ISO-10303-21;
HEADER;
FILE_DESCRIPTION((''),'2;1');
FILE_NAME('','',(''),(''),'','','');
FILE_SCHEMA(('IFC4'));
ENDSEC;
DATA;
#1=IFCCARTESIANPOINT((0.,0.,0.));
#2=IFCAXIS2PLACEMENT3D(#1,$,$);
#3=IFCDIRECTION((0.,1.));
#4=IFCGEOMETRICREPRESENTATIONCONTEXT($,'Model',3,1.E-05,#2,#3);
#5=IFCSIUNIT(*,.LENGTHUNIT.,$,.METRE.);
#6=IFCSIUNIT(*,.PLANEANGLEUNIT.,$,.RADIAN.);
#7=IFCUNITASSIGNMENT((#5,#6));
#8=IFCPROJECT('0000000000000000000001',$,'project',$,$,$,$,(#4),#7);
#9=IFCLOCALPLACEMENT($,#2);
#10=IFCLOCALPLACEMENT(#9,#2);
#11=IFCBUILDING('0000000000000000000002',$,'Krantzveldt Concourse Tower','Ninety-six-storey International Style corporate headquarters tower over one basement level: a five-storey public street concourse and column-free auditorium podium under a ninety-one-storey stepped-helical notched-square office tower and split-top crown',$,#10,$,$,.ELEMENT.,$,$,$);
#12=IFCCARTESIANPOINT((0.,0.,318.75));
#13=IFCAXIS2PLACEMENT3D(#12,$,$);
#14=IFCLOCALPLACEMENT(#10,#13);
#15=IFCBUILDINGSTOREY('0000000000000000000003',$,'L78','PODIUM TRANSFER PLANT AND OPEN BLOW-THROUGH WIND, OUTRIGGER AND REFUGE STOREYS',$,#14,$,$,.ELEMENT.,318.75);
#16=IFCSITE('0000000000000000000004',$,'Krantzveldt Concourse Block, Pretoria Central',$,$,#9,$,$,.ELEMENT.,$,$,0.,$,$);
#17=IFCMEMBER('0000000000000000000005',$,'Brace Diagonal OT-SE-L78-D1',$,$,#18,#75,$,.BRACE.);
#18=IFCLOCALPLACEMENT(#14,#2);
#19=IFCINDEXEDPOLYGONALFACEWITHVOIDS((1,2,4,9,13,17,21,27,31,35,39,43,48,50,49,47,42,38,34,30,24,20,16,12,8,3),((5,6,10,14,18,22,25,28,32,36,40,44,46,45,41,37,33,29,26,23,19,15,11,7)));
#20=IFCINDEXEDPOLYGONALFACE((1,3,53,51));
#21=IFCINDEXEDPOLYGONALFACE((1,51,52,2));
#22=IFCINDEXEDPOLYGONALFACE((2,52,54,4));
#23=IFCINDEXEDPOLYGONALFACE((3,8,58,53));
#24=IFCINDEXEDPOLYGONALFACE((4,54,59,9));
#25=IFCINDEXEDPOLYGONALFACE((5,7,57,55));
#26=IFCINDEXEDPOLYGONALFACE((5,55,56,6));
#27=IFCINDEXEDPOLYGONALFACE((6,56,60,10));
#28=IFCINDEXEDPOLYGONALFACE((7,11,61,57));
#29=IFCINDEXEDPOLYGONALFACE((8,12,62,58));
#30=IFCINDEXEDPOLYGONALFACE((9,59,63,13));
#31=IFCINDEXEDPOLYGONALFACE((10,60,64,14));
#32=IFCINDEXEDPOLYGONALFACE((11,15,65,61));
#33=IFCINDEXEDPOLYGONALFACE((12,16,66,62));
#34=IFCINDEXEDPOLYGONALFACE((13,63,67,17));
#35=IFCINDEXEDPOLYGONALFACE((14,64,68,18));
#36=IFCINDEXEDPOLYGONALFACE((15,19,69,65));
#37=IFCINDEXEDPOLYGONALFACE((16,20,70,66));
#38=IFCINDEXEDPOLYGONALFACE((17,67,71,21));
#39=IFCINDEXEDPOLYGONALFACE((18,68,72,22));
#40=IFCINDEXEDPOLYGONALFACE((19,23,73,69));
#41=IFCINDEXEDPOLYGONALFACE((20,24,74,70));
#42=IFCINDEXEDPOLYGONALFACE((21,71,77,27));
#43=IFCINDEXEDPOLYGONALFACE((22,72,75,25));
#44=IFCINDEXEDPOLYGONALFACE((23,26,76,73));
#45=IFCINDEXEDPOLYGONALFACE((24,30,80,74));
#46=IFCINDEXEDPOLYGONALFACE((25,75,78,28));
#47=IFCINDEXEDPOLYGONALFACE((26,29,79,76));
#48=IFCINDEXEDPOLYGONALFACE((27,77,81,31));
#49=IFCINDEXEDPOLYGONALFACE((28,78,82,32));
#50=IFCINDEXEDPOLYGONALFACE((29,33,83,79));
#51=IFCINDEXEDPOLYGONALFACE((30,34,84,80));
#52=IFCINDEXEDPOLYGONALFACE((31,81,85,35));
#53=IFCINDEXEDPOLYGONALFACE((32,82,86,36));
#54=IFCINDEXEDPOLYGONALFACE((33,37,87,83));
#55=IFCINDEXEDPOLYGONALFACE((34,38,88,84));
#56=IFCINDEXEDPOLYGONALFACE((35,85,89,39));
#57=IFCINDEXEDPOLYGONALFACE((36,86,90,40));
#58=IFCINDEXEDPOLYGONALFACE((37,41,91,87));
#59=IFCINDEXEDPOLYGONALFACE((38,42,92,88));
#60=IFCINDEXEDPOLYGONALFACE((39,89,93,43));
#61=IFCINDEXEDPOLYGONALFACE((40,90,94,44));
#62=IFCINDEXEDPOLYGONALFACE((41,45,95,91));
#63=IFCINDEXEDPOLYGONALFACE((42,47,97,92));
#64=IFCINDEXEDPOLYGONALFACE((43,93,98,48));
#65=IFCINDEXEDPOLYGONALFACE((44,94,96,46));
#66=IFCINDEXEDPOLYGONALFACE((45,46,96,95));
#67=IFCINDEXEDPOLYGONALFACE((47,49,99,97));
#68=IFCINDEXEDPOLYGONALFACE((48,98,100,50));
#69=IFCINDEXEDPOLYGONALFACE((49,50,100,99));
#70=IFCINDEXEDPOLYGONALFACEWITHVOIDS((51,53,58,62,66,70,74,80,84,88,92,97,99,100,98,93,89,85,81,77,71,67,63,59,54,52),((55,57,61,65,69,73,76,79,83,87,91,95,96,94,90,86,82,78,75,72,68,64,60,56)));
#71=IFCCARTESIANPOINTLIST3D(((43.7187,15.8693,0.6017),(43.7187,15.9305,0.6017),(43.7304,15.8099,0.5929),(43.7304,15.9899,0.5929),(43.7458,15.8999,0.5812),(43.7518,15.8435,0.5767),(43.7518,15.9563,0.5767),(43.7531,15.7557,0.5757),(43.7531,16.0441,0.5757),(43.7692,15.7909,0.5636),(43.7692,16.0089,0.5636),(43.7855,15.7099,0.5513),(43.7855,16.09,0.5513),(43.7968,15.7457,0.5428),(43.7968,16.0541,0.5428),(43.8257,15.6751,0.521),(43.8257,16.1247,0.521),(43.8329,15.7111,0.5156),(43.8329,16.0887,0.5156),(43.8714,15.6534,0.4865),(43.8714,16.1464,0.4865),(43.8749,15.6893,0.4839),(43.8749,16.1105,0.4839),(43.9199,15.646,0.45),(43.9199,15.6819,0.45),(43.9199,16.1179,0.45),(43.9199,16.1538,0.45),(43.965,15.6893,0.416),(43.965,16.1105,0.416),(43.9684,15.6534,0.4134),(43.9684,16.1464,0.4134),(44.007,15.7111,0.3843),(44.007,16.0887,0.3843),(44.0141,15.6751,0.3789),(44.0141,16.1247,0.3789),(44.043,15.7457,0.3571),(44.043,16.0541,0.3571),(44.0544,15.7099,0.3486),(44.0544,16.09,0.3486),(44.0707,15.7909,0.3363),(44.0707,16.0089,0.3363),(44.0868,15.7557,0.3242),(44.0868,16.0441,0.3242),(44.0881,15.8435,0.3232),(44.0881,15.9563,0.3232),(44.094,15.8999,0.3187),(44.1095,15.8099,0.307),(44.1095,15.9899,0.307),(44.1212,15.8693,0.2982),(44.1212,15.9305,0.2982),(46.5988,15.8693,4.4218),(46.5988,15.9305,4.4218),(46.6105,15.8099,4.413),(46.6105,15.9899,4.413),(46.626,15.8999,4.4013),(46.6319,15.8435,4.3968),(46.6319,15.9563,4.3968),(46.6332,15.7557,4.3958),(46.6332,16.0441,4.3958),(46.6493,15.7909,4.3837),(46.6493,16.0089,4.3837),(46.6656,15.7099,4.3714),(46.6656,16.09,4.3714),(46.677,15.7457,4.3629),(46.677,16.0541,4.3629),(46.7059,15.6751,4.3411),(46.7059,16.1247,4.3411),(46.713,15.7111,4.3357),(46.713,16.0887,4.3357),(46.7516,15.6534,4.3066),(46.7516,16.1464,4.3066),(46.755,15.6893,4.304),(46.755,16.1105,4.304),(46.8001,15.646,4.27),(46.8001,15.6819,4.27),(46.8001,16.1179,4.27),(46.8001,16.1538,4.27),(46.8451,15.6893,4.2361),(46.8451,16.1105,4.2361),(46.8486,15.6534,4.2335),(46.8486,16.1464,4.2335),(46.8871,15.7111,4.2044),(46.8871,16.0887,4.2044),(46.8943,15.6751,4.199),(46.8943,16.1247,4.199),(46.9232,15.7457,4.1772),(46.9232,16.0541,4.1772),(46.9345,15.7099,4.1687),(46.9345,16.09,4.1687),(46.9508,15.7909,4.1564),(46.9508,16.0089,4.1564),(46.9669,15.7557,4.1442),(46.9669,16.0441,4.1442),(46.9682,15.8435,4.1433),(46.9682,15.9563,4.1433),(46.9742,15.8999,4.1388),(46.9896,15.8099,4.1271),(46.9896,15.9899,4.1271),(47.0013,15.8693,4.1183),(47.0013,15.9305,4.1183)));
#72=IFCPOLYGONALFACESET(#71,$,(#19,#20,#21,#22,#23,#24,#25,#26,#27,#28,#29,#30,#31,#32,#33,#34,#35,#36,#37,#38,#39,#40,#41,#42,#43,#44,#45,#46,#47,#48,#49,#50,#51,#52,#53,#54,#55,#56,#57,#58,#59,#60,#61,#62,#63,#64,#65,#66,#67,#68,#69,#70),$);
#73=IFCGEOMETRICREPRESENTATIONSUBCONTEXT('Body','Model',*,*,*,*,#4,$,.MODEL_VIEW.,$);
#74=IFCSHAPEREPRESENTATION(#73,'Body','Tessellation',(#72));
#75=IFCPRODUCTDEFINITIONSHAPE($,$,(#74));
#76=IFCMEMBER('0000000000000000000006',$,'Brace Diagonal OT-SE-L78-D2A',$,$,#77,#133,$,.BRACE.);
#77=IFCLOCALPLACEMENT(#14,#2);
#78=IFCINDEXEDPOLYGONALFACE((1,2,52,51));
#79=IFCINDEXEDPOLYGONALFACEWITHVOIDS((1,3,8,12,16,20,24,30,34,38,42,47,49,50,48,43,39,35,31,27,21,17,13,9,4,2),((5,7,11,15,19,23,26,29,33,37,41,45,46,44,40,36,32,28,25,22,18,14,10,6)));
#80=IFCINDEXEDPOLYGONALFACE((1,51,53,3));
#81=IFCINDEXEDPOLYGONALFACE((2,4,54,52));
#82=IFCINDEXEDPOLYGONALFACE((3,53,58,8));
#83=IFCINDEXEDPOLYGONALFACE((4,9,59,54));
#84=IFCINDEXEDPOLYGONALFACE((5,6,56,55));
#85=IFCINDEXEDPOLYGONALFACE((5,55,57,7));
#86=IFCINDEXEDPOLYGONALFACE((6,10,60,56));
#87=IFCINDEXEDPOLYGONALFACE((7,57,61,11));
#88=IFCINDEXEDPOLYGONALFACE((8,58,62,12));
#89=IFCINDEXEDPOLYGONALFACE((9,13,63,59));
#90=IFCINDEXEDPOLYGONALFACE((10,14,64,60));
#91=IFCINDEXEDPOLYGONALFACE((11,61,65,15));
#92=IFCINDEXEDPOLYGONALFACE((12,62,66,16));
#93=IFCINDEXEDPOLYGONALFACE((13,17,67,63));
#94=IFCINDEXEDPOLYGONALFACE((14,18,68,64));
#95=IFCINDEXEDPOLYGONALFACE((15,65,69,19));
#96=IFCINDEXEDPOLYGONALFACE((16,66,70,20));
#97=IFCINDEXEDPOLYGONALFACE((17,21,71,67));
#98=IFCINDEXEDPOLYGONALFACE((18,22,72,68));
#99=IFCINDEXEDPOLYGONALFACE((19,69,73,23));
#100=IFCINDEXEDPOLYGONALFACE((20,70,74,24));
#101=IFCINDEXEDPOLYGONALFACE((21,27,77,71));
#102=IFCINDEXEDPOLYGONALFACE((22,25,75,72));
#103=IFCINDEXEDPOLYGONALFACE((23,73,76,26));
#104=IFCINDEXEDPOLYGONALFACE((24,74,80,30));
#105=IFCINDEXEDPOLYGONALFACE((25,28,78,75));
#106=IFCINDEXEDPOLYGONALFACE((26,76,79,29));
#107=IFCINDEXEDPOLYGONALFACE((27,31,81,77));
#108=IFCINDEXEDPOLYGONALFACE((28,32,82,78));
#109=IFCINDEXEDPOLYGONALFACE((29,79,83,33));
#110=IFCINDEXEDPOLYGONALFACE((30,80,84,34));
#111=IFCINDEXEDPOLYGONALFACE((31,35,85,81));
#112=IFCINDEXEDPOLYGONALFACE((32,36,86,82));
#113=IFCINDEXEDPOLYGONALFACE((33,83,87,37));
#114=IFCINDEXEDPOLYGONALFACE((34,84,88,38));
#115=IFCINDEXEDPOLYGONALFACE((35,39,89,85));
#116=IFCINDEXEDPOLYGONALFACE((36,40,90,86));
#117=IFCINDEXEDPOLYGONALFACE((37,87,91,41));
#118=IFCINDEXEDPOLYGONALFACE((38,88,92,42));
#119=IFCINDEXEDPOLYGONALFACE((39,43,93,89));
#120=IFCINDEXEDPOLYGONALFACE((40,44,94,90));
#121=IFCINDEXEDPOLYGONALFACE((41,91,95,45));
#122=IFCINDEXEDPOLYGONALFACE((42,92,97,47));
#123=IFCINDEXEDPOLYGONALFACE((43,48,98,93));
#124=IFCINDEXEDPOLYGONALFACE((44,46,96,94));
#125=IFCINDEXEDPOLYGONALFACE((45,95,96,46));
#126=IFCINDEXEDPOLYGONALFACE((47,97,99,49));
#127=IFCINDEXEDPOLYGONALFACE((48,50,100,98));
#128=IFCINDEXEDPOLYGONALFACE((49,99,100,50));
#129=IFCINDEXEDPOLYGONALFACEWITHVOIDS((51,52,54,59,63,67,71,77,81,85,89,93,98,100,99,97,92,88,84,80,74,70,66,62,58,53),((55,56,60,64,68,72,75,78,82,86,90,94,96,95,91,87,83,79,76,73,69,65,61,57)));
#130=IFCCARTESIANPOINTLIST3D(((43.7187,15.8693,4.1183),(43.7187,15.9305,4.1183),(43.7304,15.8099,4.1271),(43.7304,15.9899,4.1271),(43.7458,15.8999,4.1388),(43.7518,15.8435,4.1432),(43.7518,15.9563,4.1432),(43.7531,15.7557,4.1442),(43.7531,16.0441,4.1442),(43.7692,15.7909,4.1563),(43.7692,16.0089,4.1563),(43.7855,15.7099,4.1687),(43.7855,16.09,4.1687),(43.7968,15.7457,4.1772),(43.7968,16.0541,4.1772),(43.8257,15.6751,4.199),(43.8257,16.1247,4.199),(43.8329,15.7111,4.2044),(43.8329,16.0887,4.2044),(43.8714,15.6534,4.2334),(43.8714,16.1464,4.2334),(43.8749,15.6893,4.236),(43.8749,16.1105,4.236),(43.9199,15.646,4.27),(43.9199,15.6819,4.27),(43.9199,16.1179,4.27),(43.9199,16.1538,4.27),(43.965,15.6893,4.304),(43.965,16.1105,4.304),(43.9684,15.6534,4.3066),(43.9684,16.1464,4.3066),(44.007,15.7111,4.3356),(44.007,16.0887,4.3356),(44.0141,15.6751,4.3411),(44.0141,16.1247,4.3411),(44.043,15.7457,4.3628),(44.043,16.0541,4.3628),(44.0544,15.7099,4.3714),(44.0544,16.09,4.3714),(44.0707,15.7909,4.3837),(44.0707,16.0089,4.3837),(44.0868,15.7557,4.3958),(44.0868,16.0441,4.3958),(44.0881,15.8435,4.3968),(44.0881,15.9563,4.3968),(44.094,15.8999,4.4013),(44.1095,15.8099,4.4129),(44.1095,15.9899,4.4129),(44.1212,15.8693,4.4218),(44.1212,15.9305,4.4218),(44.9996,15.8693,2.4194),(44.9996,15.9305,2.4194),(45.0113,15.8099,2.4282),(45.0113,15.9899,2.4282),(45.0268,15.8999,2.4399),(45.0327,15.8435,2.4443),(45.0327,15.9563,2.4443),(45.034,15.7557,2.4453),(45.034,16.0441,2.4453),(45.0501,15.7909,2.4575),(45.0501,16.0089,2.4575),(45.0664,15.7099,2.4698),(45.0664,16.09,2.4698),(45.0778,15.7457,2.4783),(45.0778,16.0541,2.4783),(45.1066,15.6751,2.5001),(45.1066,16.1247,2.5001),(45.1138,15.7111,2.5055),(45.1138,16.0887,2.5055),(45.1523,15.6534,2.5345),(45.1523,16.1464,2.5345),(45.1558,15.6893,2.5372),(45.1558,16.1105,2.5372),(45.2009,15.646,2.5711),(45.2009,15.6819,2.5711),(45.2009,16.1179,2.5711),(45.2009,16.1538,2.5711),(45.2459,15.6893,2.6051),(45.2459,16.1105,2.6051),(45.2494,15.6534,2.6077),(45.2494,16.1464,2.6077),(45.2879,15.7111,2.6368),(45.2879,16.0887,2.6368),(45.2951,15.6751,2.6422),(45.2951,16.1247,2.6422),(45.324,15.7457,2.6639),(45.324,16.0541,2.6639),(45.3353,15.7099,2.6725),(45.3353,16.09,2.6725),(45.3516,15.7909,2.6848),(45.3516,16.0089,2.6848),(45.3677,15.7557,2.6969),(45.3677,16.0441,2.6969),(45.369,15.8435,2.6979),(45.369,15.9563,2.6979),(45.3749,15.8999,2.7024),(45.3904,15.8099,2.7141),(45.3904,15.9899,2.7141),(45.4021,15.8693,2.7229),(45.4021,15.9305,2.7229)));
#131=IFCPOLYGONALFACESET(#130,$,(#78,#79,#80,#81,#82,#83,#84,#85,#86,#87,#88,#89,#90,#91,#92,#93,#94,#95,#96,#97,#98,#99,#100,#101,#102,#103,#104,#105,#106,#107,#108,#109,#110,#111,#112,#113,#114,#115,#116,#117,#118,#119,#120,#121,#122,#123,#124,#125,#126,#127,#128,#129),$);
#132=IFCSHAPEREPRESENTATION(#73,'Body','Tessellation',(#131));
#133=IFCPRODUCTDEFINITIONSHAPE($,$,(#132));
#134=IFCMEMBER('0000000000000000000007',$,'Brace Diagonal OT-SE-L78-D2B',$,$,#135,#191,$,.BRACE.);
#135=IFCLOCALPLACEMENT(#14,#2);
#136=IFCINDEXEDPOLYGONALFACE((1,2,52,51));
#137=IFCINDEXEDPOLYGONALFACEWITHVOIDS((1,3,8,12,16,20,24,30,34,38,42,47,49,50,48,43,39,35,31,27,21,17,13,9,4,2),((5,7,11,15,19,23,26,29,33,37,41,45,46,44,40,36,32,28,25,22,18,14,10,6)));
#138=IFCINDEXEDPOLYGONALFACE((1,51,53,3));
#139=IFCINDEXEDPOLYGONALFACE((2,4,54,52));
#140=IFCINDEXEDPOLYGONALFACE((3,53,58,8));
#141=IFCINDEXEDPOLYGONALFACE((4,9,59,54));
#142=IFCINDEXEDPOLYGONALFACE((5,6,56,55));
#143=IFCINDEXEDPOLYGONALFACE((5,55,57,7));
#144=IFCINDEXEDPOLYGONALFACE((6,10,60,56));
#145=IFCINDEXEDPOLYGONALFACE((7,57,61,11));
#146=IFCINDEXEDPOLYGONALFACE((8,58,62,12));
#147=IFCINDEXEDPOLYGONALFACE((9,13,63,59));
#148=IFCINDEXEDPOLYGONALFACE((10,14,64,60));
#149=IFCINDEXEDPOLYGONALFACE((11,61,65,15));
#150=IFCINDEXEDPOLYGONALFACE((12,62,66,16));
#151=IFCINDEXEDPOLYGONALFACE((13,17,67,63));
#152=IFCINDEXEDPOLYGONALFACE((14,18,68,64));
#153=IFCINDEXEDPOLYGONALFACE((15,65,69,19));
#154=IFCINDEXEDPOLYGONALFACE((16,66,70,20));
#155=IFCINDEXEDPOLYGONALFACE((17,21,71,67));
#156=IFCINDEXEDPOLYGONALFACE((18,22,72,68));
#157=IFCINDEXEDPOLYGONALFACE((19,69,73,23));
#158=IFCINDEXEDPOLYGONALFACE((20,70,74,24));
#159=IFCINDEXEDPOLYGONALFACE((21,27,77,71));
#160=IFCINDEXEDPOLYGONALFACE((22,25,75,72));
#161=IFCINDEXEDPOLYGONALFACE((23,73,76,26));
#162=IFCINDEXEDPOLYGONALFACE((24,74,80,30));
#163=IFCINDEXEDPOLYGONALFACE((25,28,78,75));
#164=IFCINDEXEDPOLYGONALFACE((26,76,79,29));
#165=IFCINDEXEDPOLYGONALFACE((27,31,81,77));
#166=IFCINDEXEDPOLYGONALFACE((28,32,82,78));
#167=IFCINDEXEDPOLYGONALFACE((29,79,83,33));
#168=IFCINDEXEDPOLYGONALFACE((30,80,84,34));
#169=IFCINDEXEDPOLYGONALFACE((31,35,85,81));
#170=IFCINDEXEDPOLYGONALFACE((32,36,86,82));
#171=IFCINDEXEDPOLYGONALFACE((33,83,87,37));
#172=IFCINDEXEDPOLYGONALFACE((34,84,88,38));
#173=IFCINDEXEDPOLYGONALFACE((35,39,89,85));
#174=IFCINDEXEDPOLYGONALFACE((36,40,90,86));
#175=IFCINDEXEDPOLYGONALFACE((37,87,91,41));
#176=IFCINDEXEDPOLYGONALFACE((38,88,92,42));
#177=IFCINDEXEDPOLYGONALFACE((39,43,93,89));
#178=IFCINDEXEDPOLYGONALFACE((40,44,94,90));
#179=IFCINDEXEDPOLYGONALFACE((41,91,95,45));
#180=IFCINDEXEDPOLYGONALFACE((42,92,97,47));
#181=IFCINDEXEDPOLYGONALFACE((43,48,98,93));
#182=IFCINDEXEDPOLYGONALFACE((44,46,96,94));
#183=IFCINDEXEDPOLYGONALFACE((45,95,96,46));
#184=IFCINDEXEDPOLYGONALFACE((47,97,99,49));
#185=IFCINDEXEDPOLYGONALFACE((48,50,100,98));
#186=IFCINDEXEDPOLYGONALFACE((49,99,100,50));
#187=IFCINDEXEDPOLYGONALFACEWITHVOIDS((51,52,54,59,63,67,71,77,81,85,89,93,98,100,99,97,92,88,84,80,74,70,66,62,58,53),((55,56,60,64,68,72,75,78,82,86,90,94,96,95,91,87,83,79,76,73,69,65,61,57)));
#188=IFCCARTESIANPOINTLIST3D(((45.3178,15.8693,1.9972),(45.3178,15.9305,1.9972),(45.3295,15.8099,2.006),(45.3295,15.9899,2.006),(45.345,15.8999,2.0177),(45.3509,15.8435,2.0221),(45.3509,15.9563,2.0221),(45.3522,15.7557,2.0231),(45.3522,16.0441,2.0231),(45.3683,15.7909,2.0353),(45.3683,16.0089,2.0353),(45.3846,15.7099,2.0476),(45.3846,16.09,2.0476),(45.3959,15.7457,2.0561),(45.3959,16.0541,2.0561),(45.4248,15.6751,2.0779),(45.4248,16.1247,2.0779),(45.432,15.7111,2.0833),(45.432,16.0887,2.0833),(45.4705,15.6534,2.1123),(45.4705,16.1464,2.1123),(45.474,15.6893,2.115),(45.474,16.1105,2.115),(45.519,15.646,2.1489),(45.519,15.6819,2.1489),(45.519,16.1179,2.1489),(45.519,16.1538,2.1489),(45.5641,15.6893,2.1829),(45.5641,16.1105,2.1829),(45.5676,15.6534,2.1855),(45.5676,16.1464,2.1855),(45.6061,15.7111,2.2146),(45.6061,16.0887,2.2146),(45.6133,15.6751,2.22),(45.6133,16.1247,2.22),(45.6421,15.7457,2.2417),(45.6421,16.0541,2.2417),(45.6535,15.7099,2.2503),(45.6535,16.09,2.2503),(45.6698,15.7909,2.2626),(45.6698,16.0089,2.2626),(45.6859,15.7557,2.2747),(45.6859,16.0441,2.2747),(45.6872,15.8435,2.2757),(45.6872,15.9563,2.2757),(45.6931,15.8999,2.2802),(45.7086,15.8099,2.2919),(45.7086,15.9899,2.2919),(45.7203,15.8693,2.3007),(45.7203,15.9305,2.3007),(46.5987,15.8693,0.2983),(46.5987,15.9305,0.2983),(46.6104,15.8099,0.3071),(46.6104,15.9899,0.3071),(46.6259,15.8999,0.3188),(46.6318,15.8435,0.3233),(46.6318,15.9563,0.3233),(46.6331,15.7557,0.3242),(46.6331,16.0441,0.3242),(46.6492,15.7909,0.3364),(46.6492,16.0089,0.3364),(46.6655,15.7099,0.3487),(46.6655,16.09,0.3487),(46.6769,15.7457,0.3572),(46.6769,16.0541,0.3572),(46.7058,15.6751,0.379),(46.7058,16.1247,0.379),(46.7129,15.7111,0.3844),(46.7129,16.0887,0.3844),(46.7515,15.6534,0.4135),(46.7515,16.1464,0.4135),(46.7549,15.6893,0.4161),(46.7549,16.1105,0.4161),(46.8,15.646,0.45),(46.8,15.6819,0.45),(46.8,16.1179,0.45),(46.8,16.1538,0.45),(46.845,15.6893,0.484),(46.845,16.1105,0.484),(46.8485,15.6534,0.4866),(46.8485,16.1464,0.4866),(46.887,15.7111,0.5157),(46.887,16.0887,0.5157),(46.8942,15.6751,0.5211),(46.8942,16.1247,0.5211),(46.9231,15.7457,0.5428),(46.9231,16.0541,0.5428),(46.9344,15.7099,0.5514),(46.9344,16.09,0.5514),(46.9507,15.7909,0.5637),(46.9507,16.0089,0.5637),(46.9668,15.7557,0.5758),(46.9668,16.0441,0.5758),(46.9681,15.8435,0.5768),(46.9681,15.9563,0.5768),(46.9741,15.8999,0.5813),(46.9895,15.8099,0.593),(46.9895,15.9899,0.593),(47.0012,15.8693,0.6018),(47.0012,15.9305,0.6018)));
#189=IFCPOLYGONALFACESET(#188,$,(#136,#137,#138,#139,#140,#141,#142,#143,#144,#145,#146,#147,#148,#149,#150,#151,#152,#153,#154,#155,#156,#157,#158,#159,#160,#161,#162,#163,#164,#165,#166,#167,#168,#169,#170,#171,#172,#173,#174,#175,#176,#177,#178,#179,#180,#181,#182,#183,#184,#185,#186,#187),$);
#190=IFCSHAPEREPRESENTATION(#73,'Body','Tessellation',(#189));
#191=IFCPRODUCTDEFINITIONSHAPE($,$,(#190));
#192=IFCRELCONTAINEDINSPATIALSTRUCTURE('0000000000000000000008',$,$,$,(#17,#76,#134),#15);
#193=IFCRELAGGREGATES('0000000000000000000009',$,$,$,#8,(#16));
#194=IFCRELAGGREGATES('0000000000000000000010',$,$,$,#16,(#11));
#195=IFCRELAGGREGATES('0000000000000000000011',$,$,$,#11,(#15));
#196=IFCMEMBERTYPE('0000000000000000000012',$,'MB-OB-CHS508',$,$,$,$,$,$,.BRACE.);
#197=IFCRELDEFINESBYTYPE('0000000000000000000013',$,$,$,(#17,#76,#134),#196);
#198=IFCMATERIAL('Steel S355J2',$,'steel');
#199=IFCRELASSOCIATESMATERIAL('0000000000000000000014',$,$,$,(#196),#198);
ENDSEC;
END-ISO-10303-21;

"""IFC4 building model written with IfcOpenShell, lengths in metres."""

from ifc_helpers import new_model, si_unit, direction, frame, origin, origin_2d, place, context, subcontext, project, spatial, hollow_circle, extrude, source, transform, mapped, material, material_profile, profile_set, type_object, type_shapes, element, save


model = new_model("IFC4")

# Units and contexts
model_context = context("Model", 3, precision=1e-05, world=origin(), true_north=direction((0.0, 1.0)))
body_context = subcontext(model_context, "Body", "Model", "MODEL_VIEW")
ifc_project = project(units=[si_unit("LENGTHUNIT", "METRE"), si_unit("PLANEANGLEUNIT", "RADIAN")], contexts=[model_context])

# Site, building, storey
site_placement = place(None, origin())
site = spatial("IfcSite", under=ifc_project, at=site_placement, Name="Krantzveldt Concourse Block, Pretoria Central", CompositionType="ELEMENT", RefElevation=0.0)
building_placement = place(site_placement, origin())
building = spatial("IfcBuilding", under=site, at=building_placement, Name="Krantzveldt Concourse Tower", Description="Ninety-six-storey International Style corporate headquarters tower over one basement level: a five-storey public street concourse and column-free auditorium podium under a ninety-one-storey stepped-helical notched-square office tower and split-top crown", CompositionType="ELEMENT")
storey_placement = place(building_placement, frame((0.0, 0.0, 318.75)))
storey = spatial("IfcBuildingStorey", under=building, at=storey_placement, Name="L78", Description="PODIUM TRANSFER PLANT AND OPEN BLOW-THROUGH WIND, OUTRIGGER AND REFUGE STOREYS", CompositionType="ELEMENT", Elevation=318.75)

# Shared definitions
ifc_material_1 = material(Name="Steel S355J2", Category="steel")

# Members
ifc_material_profile_1 = material_profile(ifc_material_1, hollow_circle(Radius=0.2539, WallThickness=0.0359, at=origin_2d()), Name="Steel S355J2", Category="steel")
ifc_profile_set_1 = profile_set([ifc_material_profile_1], Name="Steel S355J2 - CHS 508x36")
member_type_1 = type_object("IfcMemberType", Name="MB-OB-CHS508", PredefinedType="BRACE", material=ifc_profile_set_1)
shared_shape_1 = source(origin(), body_context, "Body", "SweptSolid", [
    extrude(hollow_circle(Radius=0.2539, WallThickness=0.0359, at=origin_2d()), origin(), (0.0, 0.0, 1.0), 4.7842),
])
member_1_placement = place(storey_placement, frame((43.9199, 15.8999, 0.45), z_axis=(0.602015, 0.0, 0.798485), x_axis=(0.0, 1.0, 0.0)))
element("IfcMember", 1, at=member_1_placement, inside=storey, type_object=member_type_1, Name="Brace Diagonal OT-SE-L78-D1", PredefinedType="BRACE", context=body_context, shape_type="MappedRepresentation", body=[
    mapped(shared_shape_1, transform((0.0, 0.0, 0.0), x_axis=(1.0, 0.0, 0.0), y_axis=(0.0, 1.0, 0.0), z_axis=(0.0, 0.0, 1.0), scale=1.0)),
])
shared_shape_2 = source(origin(), body_context, "Body", "SweptSolid", [
    extrude(hollow_circle(Radius=0.2539, WallThickness=0.0359, at=origin_2d()), origin(), (0.0, 0.0, 1.0), 2.1277),
])
type_shapes(member_type_1, [shared_shape_1, shared_shape_2])
for number, where, z_axis, x_axis, name in (
    (2, (43.9199, 15.8999, 4.27), (0.602036, 0.0, -0.798469), (0.0, 1.0, 0.0), "Brace Diagonal OT-SE-L78-D2A"),
    (3, (45.519, 15.8999, 2.1489), (0.602036, 0.0, -0.798469), (0.0, 1.0, 0.0), "Brace Diagonal OT-SE-L78-D2B"),
):
    element("IfcMember", number, at=place(storey_placement, frame(where, z_axis=z_axis, x_axis=x_axis)), inside=storey, type_object=member_type_1, Name=name, PredefinedType="BRACE", context=body_context, shape_type="MappedRepresentation", body=[
        mapped(shared_shape_2, transform((0.0, 0.0, 0.0), x_axis=(1.0, 0.0, 0.0), y_axis=(0.0, 1.0, 0.0), z_axis=(0.0, 0.0, 1.0), scale=1.0)),
    ])

save(model, "model.ifc")
